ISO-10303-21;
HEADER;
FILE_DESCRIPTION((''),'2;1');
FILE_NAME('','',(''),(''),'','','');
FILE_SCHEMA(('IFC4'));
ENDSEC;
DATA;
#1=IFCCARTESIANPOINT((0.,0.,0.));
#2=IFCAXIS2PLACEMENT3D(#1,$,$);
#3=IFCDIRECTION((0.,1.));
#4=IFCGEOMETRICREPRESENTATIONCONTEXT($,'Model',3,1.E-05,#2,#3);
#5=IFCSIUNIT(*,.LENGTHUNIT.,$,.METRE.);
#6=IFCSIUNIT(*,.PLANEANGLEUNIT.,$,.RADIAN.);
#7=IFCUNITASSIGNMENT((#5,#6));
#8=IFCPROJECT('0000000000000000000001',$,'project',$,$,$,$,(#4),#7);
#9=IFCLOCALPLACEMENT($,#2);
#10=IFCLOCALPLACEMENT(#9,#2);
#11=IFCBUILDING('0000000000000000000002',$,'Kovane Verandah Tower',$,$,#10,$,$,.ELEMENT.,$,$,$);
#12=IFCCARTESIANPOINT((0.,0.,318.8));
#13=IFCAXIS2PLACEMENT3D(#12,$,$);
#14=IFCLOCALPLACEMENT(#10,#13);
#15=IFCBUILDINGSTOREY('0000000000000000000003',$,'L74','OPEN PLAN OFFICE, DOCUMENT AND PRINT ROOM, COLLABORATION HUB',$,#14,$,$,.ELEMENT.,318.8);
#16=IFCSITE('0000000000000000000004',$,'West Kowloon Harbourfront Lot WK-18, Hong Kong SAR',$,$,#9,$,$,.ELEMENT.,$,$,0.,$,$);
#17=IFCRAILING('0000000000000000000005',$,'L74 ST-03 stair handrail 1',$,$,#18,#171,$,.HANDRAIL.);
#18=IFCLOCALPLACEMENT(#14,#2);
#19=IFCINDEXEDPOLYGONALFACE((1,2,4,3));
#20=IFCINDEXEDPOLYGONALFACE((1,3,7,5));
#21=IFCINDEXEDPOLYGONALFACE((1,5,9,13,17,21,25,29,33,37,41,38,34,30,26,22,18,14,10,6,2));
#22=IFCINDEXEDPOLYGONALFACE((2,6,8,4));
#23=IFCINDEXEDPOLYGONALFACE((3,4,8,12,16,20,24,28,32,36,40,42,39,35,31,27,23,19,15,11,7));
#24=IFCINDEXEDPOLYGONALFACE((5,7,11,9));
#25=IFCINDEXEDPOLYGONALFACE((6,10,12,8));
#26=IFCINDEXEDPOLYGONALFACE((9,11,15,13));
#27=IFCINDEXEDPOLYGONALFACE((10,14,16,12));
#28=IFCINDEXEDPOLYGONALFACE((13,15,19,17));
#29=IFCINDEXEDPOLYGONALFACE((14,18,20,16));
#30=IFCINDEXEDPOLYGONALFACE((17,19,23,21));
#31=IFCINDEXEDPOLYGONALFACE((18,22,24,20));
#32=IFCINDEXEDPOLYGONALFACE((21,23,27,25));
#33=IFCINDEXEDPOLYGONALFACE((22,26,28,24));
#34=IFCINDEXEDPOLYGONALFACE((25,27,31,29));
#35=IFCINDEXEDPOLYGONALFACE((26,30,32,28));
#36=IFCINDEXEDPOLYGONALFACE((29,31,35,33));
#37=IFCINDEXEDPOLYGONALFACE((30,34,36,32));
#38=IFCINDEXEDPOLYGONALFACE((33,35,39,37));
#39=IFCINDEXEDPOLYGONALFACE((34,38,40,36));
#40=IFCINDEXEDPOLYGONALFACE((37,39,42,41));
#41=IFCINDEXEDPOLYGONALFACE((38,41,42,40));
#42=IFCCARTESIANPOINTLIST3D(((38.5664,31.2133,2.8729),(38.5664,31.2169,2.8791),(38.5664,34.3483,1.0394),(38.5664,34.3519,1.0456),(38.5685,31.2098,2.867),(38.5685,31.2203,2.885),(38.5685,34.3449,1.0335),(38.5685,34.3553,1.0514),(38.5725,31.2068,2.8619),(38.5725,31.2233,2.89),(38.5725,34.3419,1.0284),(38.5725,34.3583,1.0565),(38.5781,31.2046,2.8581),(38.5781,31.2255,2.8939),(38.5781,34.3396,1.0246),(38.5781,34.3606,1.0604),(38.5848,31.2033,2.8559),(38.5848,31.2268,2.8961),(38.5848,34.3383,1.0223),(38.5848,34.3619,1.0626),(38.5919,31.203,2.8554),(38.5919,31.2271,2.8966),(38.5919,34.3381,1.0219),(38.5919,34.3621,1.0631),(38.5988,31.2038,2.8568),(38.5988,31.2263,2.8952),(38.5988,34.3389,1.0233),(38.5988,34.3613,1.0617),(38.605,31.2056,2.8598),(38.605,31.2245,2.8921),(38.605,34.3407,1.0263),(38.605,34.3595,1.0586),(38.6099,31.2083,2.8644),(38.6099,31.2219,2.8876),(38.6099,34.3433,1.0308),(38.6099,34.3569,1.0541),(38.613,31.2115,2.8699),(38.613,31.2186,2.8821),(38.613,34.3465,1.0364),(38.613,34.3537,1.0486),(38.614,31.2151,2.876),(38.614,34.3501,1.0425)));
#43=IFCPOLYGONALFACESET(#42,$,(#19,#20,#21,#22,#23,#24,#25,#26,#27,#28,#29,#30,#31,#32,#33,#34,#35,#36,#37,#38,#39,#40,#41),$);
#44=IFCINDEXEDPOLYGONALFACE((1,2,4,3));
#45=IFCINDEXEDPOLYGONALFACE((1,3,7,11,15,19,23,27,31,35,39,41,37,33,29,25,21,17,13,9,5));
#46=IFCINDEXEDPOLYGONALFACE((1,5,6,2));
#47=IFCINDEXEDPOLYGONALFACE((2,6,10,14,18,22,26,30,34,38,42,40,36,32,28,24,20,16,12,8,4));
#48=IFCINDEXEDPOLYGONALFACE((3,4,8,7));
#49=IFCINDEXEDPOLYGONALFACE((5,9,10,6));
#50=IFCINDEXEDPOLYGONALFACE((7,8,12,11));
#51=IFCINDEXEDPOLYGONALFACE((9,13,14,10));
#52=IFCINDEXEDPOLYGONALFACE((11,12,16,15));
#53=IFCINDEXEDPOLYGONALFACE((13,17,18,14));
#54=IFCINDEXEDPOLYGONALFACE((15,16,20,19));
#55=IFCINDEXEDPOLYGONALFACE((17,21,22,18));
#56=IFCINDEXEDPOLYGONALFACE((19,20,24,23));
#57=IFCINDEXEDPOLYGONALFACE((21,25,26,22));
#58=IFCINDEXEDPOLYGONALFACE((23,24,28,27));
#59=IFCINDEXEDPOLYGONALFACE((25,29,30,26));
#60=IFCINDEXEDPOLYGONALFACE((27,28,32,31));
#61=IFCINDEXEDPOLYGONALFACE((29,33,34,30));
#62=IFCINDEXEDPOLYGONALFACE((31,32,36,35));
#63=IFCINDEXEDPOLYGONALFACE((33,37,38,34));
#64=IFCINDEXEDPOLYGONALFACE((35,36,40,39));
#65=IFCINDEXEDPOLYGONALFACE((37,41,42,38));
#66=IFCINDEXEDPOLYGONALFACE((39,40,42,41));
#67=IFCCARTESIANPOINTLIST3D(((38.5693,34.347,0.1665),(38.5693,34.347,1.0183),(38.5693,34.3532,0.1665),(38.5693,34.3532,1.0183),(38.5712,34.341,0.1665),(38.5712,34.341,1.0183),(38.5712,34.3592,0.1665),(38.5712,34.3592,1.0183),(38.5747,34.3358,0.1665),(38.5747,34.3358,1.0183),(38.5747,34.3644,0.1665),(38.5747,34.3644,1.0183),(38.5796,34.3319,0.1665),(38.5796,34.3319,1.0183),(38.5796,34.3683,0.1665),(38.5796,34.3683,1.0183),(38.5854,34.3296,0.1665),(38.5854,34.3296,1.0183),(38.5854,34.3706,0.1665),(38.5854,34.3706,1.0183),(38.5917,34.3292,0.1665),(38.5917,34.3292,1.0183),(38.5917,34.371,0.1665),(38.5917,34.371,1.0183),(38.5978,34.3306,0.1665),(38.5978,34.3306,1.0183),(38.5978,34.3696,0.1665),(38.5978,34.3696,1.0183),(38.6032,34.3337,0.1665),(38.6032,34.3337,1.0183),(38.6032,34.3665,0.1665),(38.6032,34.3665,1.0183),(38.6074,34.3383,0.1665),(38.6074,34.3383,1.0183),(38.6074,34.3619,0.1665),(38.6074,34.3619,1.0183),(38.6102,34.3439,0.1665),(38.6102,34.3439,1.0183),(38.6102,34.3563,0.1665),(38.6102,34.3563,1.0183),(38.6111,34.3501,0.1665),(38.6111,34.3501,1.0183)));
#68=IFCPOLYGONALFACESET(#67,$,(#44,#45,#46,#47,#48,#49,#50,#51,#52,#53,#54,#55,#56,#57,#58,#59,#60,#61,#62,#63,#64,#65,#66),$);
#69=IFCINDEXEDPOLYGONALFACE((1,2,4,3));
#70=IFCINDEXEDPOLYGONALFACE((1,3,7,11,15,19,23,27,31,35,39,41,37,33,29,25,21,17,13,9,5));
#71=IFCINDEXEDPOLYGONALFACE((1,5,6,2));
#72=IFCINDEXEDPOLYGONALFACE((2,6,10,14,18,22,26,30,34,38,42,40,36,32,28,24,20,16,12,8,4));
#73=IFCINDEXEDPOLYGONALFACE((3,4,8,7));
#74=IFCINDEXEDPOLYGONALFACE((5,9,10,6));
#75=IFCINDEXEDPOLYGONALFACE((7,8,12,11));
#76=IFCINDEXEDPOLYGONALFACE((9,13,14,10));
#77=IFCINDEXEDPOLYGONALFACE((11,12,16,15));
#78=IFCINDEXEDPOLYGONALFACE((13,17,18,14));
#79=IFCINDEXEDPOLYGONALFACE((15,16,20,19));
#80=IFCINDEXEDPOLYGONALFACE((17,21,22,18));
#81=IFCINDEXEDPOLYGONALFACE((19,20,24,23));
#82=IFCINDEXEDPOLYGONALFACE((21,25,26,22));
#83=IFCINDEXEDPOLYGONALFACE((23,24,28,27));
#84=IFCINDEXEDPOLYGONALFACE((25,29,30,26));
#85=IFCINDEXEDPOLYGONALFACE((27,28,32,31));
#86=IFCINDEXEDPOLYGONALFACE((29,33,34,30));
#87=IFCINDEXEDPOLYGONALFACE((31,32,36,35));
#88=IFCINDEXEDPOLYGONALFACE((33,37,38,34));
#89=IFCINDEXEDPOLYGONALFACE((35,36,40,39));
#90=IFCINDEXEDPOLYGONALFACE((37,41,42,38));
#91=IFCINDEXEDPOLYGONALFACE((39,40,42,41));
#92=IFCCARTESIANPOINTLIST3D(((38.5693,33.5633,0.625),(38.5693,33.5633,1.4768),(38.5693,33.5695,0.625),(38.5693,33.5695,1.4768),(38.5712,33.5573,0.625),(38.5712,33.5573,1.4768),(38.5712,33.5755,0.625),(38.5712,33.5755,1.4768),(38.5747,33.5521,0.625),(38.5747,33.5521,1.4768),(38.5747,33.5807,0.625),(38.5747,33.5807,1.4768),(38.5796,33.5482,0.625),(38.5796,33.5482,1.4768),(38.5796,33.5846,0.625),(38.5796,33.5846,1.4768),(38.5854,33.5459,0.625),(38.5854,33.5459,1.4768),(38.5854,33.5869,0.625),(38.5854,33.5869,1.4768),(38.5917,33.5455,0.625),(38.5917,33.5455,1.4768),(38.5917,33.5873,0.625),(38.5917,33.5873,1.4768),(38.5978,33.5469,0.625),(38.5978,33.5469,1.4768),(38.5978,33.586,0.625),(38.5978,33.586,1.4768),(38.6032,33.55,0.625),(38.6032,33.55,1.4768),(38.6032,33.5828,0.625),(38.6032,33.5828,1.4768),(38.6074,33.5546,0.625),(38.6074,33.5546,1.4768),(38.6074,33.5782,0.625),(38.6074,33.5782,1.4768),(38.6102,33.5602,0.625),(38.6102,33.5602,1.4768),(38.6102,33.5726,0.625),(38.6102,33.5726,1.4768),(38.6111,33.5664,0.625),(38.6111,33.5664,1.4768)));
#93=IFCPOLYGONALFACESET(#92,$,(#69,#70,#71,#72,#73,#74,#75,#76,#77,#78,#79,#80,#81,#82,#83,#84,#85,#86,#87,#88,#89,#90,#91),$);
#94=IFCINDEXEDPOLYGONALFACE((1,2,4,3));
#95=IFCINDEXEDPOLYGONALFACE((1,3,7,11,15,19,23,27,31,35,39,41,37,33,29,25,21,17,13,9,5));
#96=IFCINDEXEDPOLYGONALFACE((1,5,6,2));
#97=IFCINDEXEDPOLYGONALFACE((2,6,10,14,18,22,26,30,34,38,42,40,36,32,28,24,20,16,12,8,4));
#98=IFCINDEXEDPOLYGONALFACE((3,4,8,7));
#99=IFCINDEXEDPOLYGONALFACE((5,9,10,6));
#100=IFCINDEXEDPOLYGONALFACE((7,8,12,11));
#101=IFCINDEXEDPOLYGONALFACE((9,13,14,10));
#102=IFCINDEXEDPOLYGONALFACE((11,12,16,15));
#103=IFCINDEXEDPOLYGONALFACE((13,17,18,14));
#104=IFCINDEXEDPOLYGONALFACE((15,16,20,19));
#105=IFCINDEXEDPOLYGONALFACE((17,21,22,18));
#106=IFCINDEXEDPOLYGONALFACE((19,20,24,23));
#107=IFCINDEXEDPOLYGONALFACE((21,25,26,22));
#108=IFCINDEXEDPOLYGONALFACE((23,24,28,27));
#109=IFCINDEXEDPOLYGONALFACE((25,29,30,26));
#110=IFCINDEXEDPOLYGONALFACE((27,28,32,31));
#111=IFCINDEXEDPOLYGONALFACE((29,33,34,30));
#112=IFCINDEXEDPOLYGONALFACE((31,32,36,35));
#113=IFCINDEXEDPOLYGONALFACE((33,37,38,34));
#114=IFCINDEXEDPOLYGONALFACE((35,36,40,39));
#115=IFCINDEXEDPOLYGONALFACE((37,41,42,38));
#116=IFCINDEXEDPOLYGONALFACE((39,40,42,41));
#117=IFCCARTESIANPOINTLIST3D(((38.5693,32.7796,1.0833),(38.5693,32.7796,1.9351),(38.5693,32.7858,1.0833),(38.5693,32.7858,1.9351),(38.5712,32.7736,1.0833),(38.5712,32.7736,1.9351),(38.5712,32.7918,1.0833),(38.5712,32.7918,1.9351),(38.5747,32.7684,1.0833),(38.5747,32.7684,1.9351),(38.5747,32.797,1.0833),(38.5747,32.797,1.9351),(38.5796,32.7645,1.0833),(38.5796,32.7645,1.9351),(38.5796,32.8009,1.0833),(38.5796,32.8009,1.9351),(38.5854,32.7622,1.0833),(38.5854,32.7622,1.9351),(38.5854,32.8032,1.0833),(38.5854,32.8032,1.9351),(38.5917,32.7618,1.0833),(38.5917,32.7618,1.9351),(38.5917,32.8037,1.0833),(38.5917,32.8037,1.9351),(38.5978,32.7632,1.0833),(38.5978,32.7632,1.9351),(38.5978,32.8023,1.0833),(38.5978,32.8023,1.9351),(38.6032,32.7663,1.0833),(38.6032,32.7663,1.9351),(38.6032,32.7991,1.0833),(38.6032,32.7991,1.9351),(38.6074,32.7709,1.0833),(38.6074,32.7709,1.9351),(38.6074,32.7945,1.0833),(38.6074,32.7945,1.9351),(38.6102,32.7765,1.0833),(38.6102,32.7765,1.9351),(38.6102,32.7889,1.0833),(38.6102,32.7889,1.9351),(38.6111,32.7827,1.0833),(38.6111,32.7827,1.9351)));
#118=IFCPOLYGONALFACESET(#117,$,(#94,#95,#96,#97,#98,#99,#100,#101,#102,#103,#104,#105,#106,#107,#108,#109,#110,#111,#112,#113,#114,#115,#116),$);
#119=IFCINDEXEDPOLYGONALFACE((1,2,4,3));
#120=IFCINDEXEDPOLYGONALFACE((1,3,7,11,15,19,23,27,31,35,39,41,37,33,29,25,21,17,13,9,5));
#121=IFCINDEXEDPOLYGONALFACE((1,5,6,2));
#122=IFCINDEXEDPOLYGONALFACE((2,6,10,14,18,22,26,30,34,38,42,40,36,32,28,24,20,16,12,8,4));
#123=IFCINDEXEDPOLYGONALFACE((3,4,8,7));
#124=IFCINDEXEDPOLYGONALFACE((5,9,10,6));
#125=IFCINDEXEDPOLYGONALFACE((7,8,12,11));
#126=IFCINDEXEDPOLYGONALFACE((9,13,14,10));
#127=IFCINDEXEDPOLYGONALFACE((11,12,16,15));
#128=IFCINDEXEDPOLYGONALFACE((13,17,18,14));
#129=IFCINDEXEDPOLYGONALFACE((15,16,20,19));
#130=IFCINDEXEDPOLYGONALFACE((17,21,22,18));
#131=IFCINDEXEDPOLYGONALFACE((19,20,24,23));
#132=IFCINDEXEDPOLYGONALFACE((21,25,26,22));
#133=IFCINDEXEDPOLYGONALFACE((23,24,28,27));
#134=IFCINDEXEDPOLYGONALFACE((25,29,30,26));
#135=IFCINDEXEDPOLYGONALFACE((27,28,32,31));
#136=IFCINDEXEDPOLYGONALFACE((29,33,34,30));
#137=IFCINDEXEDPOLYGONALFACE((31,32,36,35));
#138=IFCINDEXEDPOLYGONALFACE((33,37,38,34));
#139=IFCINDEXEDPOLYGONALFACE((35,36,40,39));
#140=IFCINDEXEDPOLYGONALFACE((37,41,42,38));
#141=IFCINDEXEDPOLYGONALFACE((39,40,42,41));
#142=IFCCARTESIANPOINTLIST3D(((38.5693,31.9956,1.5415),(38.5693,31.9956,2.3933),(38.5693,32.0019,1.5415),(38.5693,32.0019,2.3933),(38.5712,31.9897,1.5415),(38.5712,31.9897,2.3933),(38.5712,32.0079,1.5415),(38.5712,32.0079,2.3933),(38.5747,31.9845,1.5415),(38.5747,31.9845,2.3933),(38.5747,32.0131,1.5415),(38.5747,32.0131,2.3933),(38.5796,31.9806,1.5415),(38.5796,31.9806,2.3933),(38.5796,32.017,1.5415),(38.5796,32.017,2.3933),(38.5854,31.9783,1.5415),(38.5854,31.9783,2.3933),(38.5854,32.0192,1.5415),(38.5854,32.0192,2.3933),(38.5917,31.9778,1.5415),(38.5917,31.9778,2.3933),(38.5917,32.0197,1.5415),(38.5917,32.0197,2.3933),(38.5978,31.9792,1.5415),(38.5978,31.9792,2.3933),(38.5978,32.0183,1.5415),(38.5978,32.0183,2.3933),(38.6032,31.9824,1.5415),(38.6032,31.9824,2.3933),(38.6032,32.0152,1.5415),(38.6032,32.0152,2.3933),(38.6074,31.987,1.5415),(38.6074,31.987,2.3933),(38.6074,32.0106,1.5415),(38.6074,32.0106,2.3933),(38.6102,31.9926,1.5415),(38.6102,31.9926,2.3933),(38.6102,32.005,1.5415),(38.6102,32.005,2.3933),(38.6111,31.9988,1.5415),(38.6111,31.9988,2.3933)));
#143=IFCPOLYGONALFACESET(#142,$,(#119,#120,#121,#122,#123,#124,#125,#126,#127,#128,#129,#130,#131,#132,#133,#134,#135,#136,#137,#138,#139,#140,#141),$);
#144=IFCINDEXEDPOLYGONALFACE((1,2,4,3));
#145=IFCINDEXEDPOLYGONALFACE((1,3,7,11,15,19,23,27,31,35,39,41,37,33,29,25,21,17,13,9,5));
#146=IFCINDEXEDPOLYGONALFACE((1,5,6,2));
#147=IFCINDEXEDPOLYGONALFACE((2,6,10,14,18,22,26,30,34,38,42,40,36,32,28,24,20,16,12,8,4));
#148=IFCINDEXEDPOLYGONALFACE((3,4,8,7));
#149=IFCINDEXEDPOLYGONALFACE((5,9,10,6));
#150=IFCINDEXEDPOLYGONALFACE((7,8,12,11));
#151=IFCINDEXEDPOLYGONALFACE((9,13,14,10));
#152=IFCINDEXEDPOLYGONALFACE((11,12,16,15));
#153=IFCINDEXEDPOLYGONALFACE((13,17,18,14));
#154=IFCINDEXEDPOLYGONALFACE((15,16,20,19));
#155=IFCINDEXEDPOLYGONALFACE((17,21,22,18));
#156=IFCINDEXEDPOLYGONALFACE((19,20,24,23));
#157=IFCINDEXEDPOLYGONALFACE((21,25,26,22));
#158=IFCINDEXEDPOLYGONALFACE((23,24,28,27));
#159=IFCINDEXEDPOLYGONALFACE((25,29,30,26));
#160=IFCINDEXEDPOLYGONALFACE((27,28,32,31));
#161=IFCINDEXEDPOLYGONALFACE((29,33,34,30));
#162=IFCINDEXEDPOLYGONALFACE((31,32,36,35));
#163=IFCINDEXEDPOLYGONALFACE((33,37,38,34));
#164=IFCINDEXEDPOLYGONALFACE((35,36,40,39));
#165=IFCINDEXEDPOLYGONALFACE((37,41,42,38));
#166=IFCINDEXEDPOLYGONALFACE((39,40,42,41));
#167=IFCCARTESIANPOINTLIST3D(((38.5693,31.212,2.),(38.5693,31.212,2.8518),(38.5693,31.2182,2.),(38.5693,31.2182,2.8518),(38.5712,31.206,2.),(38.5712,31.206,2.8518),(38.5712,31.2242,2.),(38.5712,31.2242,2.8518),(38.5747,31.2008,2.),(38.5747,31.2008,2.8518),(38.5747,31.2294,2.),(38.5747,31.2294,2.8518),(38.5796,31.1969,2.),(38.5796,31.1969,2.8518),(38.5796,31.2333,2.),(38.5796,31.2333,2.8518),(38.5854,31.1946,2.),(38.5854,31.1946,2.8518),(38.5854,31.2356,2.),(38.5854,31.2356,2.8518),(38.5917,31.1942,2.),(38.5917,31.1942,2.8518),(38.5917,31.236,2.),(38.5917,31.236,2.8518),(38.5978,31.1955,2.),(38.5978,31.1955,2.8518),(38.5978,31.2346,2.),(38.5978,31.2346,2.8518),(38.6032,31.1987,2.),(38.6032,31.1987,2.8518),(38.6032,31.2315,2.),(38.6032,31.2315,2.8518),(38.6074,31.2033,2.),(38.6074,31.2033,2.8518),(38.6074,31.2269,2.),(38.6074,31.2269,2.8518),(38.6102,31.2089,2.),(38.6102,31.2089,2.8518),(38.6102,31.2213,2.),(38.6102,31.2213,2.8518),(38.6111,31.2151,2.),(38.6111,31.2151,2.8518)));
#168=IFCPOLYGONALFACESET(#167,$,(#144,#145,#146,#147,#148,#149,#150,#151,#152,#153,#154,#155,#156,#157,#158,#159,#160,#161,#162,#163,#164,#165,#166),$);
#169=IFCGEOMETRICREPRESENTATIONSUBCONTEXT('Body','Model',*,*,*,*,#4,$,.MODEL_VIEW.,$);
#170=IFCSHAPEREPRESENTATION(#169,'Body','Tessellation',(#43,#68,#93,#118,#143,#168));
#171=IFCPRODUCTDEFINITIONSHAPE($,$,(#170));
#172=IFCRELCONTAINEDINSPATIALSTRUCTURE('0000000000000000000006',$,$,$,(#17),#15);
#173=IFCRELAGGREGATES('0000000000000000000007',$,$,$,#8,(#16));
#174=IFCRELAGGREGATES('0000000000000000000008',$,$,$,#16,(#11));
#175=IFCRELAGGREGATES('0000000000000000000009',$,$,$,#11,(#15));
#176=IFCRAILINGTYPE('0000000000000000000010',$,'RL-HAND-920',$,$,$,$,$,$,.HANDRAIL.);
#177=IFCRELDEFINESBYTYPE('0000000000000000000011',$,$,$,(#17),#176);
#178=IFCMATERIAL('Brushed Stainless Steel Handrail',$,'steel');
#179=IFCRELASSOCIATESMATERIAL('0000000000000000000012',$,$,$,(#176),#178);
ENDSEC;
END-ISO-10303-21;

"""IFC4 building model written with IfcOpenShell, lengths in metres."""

from ifc_helpers import new_model, si_unit, direction, frame, origin, origin_2d, place, context, subcontext, project, spatial, circle, extrude, material, type_object, element, save


model = new_model("IFC4")

# Units and contexts
model_context = context("Model", 3, precision=1e-05, world=origin(), true_north=direction((0.0, 1.0)))
body_context = subcontext(model_context, "Body", "Model", "MODEL_VIEW")
ifc_project = project(units=[si_unit("LENGTHUNIT", "METRE"), si_unit("PLANEANGLEUNIT", "RADIAN")], contexts=[model_context])

# Site, building, storey
site_placement = place(None, origin())
site = spatial("IfcSite", under=ifc_project, at=site_placement, Name="West Kowloon Harbourfront Lot WK-18, Hong Kong SAR", CompositionType="ELEMENT", RefElevation=0.0)
building_placement = place(site_placement, origin())
building = spatial("IfcBuilding", under=site, at=building_placement, Name="Kovane Verandah Tower", CompositionType="ELEMENT")
storey_placement = place(building_placement, frame((0.0, 0.0, 318.8)))
storey = spatial("IfcBuildingStorey", under=building, at=storey_placement, Name="L74", Description="OPEN PLAN OFFICE, DOCUMENT AND PRINT ROOM, COLLABORATION HUB", CompositionType="ELEMENT", Elevation=318.8)

# Railing
ifc_material_1 = material(Name="Brushed Stainless Steel Handrail", Category="steel")
railing_type_1 = type_object("IfcRailingType", Name="RL-HAND-920", PredefinedType="HANDRAIL", material=ifc_material_1)
for number, where, name in (
    (1, (38.5901, 34.3501, 0.1665), "L74 ST-03 stair handrail 1"),
):
    element("IfcRailing", number, at=place(storey_placement, frame(where)), inside=storey, type_object=railing_type_1, Name=name, PredefinedType="HANDRAIL", context=body_context, shape_type="SweptSolid", body=[
        extrude(circle(Radius=0.0239, at=origin_2d()), frame((0.0, 0.0, 0.876), z_axis=(0.0, -0.86321, 0.504845), x_axis=(1.0, 0.0, 0.0)), (0.0, 0.0, 1.0), 3.6318),
        extrude(circle(Radius=0.021, at=origin_2d()), origin(), (0.0, 0.0, 1.0), 0.8518),
        extrude(circle(Radius=0.021, at=origin_2d()), frame((0.0, -0.7837, 0.4585)), (0.0, 0.0, 1.0), 0.8518),
        extrude(circle(Radius=0.021, at=origin_2d()), frame((0.0, -1.5674, 0.9167)), (0.0, 0.0, 1.0), 0.8518),
        extrude(circle(Radius=0.021, at=origin_2d()), frame((0.0, -2.3513, 1.375)), (0.0, 0.0, 1.0), 0.8518),
        extrude(circle(Radius=0.021, at=origin_2d()), frame((0.0, -3.135, 1.8335)), (0.0, 0.0, 1.0), 0.8518),
    ])

save(model, "model.ifc")
